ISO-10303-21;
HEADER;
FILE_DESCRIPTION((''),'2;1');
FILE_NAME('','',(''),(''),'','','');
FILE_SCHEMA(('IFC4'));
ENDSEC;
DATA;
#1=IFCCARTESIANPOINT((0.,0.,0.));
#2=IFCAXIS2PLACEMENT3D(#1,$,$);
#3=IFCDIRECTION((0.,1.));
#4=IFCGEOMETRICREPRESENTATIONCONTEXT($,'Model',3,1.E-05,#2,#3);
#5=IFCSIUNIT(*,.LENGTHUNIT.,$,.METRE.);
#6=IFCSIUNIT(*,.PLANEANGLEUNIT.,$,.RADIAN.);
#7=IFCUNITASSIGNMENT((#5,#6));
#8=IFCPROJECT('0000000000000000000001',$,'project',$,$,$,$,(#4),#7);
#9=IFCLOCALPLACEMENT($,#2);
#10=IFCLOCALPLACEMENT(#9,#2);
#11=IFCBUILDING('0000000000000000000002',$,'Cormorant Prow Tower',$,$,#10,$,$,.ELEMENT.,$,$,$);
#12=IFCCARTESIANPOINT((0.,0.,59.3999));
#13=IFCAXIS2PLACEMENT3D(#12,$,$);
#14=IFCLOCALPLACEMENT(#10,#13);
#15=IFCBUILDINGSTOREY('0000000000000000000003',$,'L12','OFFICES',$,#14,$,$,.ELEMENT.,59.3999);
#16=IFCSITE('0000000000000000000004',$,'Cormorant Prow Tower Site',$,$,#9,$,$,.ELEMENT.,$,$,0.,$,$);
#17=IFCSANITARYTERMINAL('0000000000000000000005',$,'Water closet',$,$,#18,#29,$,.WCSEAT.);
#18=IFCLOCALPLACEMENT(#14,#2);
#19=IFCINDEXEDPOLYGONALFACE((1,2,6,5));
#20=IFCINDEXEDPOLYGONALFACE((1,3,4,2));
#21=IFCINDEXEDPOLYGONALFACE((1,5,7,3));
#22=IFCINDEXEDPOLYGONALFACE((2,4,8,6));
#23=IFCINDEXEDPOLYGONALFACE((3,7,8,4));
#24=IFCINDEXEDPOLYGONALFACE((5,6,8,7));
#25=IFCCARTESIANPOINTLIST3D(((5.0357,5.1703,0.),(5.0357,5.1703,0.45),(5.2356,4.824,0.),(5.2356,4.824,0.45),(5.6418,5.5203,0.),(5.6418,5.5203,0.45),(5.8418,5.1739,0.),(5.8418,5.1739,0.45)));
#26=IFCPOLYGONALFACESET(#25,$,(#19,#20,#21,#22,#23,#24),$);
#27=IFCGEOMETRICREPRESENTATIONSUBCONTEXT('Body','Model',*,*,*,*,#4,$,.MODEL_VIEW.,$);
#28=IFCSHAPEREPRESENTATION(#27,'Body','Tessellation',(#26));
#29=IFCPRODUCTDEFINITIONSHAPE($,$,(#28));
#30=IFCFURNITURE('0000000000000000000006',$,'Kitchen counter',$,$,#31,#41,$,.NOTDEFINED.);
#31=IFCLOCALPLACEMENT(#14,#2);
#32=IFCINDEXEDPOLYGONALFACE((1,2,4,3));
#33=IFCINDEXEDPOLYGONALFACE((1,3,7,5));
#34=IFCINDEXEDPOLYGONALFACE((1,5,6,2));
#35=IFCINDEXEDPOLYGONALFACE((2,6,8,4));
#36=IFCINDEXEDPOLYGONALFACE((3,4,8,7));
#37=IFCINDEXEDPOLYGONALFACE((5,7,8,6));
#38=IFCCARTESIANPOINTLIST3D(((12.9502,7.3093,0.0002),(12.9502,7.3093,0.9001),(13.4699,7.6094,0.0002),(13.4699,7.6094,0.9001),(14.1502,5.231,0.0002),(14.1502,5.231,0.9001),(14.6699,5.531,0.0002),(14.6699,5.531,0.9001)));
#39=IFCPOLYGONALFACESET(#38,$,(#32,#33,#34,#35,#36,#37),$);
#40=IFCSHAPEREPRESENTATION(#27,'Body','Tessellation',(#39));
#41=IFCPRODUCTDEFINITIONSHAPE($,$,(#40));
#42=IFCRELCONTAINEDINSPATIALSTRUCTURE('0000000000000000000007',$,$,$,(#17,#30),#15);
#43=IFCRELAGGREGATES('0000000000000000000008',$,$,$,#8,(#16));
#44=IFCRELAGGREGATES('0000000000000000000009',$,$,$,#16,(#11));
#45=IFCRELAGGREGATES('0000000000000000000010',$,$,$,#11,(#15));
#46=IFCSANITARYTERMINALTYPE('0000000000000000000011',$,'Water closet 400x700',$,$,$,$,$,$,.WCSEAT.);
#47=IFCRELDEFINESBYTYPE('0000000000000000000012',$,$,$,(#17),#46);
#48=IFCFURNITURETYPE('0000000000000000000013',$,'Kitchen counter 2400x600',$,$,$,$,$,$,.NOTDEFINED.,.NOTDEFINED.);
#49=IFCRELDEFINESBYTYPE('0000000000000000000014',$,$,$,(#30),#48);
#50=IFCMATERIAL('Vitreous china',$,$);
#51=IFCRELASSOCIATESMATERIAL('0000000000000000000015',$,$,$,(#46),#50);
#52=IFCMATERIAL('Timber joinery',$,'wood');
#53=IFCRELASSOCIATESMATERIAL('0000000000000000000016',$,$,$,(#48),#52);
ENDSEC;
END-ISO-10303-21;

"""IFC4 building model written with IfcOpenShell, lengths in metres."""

from ifc_helpers import new_model, si_unit, direction, frame, origin, origin_2d, place, context, subcontext, project, spatial, rectangle, extrude, material, type_object, element, save


model = new_model("IFC4")

# Units and contexts
model_context = context("Model", 3, precision=1e-05, world=origin(), true_north=direction((0.0, 1.0)))
body_context = subcontext(model_context, "Body", "Model", "MODEL_VIEW")
ifc_project = project(units=[si_unit("LENGTHUNIT", "METRE"), si_unit("PLANEANGLEUNIT", "RADIAN")], contexts=[model_context])

# Site, building, storey
site_placement = place(None, origin())
site = spatial("IfcSite", under=ifc_project, at=site_placement, Name="Cormorant Prow Tower Site", CompositionType="ELEMENT", RefElevation=0.0)
building_placement = place(site_placement, origin())
building = spatial("IfcBuilding", under=site, at=building_placement, Name="Cormorant Prow Tower", CompositionType="ELEMENT")
storey_placement = place(building_placement, frame((0.0, 0.0, 59.3999)))
storey = spatial("IfcBuildingStorey", under=building, at=storey_placement, Name="L12", Description="OFFICES", CompositionType="ELEMENT", Elevation=59.3999)

# Sanitary terminal
ifc_material_1 = material(Name="Vitreous china")
sanitary_terminal_type_1 = type_object("IfcSanitaryTerminalType", Name="Water closet 400x700", PredefinedType="WCSEAT", material=ifc_material_1)
for number, where, z_axis, x_axis, name in (
    (1, (5.4387, 5.1721, 0.0), (0.0, 0.0, 1.0), (0.5, -0.866025, 0.0), "Water closet"),
):
    element("IfcSanitaryTerminal", number, at=place(storey_placement, frame(where, z_axis=z_axis, x_axis=x_axis)), inside=storey, type_object=sanitary_terminal_type_1, Name=name, PredefinedType="WCSEAT", context=body_context, shape_type="SweptSolid", body=[
        extrude(rectangle(XDim=0.3999, YDim=0.7, at=origin_2d()), origin(), (0.0, 0.0, 1.0), 0.45),
    ])

# Furniture
ifc_material_2 = material(Name="Timber joinery", Category="wood")
furniture_type = type_object("IfcFurnitureType", Name="Kitchen counter 2400x600", AssemblyPlace="NOTDEFINED", PredefinedType="NOTDEFINED", material=ifc_material_2)
furniture_placement = place(storey_placement, frame((13.8101, 6.4202, 0.0002), z_axis=(0.0, 0.0, 1.0), x_axis=(0.5, -0.866025, 0.0)))
element("IfcFurniture", 2, at=furniture_placement, inside=storey, type_object=furniture_type, Name="Kitchen counter", PredefinedType="NOTDEFINED", context=body_context, shape_type="SweptSolid", body=[
    extrude(rectangle(XDim=2.3999, YDim=0.6001, at=origin_2d()), origin(), (0.0, 0.0, 1.0), 0.8999),
])

save(model, "model.ifc")
